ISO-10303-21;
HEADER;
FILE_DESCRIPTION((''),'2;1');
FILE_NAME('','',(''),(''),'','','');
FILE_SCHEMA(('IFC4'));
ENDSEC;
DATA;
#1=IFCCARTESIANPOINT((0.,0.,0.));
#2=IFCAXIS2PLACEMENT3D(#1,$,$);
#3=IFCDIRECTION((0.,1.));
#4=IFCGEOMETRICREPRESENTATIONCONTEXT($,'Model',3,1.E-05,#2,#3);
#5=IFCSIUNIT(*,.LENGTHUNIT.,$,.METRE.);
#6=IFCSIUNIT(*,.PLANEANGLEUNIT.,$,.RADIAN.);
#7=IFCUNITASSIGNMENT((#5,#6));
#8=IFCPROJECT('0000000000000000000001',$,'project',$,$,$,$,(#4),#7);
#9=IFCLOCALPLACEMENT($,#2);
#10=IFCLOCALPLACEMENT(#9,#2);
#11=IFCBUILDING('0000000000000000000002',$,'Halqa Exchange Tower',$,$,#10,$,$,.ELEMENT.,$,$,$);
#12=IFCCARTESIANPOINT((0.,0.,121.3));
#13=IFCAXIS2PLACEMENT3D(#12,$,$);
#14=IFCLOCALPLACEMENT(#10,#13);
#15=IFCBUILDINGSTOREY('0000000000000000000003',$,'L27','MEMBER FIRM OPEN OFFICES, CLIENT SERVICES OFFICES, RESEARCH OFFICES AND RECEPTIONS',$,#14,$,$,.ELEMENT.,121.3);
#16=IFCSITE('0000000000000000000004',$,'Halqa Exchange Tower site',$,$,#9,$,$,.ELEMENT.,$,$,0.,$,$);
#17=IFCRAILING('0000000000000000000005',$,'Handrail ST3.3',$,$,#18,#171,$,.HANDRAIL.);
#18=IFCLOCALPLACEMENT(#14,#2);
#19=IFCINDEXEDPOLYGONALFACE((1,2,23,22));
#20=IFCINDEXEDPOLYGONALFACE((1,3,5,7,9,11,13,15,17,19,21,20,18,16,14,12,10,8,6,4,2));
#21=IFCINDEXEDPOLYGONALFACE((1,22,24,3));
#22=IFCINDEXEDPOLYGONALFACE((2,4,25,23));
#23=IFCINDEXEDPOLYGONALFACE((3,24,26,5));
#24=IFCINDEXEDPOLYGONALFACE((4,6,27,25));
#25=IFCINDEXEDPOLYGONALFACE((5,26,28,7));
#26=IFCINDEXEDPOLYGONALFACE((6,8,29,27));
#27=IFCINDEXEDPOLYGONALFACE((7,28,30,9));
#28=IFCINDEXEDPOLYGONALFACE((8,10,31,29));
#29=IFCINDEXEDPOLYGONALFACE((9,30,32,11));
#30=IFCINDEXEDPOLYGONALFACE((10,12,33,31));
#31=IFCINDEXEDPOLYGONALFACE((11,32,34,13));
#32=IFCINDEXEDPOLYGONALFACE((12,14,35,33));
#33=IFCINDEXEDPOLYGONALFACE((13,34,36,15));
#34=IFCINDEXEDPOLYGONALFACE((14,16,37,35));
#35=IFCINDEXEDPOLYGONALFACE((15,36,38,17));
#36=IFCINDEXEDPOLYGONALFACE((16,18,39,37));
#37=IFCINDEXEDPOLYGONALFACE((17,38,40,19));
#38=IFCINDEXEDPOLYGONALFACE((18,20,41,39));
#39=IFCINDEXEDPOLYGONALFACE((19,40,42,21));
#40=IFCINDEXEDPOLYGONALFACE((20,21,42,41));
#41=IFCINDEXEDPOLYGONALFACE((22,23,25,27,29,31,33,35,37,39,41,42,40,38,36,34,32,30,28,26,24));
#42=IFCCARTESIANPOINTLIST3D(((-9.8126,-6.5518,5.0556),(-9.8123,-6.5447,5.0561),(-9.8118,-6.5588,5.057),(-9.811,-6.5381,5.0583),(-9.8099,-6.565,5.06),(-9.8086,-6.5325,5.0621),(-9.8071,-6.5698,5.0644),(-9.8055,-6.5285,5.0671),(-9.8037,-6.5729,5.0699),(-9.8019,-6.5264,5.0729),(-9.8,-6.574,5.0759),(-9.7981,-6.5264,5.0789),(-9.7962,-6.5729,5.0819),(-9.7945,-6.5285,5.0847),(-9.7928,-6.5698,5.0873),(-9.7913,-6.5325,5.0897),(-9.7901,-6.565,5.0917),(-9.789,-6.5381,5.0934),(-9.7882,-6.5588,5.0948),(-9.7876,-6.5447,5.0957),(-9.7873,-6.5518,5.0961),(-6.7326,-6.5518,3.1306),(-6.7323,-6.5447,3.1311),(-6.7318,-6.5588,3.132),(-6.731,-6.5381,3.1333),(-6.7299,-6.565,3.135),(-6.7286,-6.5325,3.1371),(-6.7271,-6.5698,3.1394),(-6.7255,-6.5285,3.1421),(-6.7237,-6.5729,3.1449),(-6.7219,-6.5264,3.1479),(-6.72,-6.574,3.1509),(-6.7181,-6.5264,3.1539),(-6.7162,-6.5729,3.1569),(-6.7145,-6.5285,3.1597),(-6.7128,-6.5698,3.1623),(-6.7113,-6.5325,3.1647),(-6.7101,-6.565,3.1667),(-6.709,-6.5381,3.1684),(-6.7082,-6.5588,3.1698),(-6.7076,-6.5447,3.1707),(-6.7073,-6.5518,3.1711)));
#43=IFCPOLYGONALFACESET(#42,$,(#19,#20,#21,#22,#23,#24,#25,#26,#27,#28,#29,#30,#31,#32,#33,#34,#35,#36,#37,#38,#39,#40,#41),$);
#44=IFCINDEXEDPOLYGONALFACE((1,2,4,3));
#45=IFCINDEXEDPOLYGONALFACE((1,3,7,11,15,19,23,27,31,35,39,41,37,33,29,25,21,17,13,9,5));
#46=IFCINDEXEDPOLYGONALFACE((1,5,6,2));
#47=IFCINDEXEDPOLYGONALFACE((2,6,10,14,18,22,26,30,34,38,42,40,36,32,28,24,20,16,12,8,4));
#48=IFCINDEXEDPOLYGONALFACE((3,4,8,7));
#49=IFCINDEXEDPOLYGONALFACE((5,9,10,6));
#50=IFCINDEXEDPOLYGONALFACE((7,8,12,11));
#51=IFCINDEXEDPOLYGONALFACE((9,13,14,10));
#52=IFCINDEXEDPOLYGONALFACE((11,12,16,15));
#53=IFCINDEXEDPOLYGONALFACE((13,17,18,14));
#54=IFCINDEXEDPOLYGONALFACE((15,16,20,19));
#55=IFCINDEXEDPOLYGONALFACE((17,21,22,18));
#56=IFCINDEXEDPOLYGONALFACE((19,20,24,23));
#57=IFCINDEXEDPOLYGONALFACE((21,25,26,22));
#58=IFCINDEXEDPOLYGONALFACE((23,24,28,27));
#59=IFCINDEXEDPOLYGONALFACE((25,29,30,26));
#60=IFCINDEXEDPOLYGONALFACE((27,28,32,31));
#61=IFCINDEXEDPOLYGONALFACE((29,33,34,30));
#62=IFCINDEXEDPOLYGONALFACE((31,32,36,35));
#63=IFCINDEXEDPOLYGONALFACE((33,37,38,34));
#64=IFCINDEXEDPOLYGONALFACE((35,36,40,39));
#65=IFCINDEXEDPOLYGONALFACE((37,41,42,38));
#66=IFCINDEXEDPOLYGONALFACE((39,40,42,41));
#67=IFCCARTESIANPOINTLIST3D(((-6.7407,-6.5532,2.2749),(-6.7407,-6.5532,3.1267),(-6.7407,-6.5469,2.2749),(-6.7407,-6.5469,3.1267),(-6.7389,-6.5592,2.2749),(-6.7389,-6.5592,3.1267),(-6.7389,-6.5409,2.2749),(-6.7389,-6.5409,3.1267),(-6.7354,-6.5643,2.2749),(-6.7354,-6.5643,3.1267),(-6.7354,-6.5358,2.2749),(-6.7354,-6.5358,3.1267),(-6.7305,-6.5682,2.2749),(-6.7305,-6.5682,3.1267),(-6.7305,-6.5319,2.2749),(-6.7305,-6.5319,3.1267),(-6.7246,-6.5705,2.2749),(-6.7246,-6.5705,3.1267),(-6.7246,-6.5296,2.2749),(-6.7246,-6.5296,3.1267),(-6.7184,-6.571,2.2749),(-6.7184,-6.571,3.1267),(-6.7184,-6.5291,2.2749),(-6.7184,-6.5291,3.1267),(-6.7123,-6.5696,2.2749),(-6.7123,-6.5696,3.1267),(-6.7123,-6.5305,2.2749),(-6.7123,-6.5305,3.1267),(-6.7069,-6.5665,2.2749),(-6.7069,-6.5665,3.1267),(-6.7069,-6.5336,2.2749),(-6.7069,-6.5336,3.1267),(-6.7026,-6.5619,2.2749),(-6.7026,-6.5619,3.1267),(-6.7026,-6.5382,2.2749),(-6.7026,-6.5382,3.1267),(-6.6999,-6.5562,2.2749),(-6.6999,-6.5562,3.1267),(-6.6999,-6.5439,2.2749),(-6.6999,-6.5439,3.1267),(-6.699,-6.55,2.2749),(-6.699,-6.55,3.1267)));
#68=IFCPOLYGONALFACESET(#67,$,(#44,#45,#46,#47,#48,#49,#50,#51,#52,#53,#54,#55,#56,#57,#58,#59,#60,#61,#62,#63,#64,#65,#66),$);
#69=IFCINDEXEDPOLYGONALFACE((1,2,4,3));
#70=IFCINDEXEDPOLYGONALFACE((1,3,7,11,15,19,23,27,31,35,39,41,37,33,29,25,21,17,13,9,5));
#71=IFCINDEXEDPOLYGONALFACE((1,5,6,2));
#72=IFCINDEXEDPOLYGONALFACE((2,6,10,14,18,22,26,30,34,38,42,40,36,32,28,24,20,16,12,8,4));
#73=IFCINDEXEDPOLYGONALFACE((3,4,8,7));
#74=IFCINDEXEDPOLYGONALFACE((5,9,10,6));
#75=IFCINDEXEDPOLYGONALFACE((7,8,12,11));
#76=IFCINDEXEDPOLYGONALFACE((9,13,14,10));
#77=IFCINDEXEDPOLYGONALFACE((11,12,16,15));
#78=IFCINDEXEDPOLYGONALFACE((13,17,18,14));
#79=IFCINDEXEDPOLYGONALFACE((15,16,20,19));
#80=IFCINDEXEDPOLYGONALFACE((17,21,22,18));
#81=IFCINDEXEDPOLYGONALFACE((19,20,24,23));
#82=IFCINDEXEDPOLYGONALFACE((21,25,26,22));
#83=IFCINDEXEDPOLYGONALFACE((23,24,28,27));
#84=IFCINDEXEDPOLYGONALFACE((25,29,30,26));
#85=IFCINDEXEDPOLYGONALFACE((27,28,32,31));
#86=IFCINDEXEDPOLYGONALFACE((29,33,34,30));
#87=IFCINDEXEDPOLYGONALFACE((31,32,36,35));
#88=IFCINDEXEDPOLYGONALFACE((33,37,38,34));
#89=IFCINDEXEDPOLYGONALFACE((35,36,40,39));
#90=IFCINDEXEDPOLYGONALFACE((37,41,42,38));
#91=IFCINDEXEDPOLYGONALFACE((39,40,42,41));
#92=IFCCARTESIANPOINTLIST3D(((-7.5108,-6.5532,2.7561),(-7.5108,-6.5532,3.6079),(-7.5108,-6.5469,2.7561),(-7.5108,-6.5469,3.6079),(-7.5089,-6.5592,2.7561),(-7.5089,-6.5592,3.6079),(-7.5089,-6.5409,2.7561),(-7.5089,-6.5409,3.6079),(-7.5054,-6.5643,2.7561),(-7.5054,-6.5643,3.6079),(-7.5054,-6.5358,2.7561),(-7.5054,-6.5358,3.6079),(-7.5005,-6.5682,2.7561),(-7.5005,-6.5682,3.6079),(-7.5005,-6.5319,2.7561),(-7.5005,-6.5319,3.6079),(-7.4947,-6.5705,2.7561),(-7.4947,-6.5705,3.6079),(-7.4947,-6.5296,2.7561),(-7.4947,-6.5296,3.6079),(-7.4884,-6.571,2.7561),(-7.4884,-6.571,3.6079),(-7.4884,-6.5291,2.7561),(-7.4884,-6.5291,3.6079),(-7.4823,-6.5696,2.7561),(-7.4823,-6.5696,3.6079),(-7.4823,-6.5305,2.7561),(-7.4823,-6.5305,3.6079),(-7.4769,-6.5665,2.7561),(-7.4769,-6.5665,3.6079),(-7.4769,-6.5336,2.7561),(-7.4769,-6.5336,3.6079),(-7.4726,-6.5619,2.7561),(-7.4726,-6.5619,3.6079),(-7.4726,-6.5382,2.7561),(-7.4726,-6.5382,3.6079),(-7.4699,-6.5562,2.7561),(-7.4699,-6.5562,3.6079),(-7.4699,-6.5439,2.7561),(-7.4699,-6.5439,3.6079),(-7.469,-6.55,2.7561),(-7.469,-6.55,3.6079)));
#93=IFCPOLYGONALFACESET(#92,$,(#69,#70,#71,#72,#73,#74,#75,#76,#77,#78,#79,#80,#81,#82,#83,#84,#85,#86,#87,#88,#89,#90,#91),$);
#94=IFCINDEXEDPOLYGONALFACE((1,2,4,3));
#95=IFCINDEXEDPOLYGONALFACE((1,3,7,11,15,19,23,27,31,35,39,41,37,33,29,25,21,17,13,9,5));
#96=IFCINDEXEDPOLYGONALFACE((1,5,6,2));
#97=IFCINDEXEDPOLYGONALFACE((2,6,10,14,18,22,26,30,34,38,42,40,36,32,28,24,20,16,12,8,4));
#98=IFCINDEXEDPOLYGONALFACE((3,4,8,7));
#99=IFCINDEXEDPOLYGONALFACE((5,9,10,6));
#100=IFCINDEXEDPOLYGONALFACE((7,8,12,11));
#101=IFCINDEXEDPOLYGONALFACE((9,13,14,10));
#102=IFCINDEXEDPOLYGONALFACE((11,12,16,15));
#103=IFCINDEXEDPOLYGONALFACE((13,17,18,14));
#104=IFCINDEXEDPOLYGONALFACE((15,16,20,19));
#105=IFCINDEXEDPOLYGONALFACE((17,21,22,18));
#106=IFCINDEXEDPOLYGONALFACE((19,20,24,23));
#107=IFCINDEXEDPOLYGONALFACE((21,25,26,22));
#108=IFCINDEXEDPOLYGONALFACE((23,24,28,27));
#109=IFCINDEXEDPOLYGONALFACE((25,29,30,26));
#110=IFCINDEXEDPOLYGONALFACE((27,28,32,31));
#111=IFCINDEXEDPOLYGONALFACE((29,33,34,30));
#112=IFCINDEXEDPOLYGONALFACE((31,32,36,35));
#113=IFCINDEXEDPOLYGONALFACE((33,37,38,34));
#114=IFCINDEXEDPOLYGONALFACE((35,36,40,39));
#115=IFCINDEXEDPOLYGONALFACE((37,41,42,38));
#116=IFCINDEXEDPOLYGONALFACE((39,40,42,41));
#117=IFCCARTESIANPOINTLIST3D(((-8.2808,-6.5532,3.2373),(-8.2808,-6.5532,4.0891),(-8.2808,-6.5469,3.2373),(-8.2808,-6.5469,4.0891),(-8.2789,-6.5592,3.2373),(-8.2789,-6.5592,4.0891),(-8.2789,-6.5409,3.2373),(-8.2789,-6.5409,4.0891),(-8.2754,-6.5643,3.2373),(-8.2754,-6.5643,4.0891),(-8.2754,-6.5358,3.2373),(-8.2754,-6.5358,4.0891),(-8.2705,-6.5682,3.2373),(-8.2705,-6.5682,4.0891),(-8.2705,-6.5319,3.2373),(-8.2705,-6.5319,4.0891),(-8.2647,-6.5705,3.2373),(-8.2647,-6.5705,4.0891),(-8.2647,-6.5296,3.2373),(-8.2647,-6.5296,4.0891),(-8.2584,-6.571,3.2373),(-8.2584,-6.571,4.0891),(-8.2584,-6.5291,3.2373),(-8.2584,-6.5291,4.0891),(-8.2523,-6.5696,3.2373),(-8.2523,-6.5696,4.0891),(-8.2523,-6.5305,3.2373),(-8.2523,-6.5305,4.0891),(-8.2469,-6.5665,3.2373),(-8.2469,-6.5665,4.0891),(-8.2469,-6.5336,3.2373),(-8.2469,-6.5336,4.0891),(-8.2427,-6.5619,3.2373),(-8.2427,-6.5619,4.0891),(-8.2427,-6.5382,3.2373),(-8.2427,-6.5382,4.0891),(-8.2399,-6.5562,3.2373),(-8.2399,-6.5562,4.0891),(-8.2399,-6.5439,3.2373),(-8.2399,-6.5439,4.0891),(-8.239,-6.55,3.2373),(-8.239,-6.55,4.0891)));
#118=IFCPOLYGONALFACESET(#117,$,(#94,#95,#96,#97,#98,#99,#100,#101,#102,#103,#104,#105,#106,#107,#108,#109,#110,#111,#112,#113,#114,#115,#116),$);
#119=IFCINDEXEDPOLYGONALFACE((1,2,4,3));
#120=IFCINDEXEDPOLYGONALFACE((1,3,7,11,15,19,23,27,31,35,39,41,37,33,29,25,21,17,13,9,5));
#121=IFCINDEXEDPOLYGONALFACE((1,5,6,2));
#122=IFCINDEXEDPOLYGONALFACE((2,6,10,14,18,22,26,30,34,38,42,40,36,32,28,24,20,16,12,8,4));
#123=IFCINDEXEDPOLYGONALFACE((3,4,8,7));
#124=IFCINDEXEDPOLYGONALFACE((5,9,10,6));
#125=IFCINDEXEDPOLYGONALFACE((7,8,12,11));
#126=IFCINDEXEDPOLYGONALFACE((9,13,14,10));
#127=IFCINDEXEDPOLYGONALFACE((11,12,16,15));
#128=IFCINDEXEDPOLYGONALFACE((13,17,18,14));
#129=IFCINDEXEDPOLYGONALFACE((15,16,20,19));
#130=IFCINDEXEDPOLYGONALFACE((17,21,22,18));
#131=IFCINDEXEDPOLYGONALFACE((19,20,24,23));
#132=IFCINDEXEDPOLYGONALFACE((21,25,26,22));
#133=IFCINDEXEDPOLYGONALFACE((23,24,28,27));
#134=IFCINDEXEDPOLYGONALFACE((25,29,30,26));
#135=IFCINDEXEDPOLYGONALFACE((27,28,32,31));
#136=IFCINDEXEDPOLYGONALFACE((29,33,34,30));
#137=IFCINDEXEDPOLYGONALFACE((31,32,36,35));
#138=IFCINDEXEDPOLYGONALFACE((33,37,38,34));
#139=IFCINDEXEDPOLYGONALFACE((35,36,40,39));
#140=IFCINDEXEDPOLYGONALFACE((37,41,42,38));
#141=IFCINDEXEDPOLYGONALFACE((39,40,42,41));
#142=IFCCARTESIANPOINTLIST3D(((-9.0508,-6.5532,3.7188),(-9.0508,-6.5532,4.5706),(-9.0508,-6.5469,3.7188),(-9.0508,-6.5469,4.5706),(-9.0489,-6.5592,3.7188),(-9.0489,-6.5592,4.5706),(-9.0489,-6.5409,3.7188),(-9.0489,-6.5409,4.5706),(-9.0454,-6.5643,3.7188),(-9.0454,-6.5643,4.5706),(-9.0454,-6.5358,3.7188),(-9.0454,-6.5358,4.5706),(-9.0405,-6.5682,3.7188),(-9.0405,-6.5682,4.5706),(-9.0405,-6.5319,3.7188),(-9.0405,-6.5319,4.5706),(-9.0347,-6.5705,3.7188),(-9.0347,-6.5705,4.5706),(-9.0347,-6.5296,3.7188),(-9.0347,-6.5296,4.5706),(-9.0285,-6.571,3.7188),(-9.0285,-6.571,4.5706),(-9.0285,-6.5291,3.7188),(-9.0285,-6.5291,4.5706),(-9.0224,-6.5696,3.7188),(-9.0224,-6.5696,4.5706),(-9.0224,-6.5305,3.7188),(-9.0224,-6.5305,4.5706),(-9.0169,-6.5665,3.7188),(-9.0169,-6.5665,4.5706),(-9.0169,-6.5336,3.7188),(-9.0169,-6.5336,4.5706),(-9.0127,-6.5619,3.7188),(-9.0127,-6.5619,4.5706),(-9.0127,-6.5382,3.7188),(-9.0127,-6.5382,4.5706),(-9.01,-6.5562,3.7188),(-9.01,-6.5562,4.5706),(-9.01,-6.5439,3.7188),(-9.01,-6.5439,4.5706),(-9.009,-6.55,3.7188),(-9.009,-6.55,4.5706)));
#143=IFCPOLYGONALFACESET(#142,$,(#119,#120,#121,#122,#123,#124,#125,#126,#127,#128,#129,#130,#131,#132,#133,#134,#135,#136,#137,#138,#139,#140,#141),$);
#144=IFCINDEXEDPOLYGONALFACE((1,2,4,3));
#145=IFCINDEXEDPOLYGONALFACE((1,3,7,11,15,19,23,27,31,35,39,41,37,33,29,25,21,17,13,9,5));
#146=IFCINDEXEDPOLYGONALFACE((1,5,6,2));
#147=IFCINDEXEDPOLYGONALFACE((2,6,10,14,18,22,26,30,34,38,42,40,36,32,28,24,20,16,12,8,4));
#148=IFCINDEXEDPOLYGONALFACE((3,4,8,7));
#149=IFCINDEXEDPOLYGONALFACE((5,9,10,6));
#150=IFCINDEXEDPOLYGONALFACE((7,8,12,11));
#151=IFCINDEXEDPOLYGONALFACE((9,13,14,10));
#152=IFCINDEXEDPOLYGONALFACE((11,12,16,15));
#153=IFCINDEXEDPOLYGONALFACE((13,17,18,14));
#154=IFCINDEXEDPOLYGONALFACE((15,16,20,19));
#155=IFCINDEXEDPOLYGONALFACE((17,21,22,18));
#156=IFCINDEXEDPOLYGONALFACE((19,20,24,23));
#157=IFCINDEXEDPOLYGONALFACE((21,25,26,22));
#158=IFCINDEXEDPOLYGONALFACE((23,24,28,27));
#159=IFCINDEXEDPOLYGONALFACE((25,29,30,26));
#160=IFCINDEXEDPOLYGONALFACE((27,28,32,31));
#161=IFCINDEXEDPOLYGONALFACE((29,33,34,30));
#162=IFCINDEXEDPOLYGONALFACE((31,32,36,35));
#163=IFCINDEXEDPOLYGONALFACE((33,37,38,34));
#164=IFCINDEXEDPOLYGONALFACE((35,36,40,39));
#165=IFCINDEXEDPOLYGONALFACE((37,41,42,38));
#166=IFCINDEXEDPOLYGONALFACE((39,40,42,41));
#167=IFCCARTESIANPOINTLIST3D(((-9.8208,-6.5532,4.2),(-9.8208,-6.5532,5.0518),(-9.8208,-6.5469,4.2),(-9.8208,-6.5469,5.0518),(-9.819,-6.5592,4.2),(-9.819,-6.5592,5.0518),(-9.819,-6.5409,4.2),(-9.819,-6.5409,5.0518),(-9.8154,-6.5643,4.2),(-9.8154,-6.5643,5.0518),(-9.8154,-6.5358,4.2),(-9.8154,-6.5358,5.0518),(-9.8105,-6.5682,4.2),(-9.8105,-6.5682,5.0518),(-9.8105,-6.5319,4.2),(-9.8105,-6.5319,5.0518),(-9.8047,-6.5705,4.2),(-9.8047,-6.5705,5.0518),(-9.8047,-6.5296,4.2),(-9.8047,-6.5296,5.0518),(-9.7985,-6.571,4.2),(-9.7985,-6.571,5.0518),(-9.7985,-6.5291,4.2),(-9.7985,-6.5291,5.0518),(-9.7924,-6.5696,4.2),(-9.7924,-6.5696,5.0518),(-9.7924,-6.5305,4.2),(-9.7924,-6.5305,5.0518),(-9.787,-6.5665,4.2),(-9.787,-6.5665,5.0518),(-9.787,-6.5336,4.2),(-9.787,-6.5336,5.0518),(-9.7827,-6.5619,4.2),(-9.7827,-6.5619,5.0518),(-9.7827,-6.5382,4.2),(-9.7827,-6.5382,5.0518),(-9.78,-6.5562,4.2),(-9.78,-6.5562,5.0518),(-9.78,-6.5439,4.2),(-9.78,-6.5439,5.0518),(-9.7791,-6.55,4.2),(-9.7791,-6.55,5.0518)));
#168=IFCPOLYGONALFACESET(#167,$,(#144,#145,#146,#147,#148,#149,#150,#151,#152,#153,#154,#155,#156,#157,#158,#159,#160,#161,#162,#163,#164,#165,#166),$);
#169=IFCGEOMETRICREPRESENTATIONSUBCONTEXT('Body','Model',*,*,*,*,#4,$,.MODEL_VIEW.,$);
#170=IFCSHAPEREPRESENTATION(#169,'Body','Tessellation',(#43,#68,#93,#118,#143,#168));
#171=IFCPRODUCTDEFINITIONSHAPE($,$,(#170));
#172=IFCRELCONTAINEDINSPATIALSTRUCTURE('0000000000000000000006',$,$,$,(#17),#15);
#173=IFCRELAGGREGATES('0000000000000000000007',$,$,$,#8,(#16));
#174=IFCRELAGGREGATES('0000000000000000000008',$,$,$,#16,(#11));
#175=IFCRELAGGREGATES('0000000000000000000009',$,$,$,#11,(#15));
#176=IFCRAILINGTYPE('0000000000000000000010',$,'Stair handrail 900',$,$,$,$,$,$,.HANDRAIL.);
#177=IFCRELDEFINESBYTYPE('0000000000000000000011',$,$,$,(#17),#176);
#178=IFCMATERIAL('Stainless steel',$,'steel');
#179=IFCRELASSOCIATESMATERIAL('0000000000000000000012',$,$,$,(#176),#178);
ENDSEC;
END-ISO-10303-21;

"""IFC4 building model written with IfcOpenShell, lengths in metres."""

from ifc_helpers import new_model, si_unit, direction, frame, origin, origin_2d, place, context, subcontext, project, spatial, circle, extrude, material, type_object, element, save


model = new_model("IFC4")

# Units and contexts
model_context = context("Model", 3, precision=1e-05, world=origin(), true_north=direction((0.0, 1.0)))
body_context = subcontext(model_context, "Body", "Model", "MODEL_VIEW")
ifc_project = project(units=[si_unit("LENGTHUNIT", "METRE"), si_unit("PLANEANGLEUNIT", "RADIAN")], contexts=[model_context])

# Site, building, storey
site_placement = place(None, origin())
site = spatial("IfcSite", under=ifc_project, at=site_placement, Name="Halqa Exchange Tower site", CompositionType="ELEMENT", RefElevation=0.0)
building_placement = place(site_placement, origin())
building = spatial("IfcBuilding", under=site, at=building_placement, Name="Halqa Exchange Tower", CompositionType="ELEMENT")
storey_placement = place(building_placement, frame((0.0, 0.0, 121.3)))
storey = spatial("IfcBuildingStorey", under=building, at=storey_placement, Name="L27", Description="MEMBER FIRM OPEN OFFICES, CLIENT SERVICES OFFICES, RESEARCH OFFICES AND RECEPTIONS", CompositionType="ELEMENT", Elevation=121.3)

# Shared definitions
ifc_material_1 = material(Name="Stainless steel", Category="steel")

# Railing
railing_type_1 = type_object("IfcRailingType", Name="Stair handrail 900", PredefinedType="HANDRAIL", material=ifc_material_1)
railing_1_placement = place(storey_placement, frame((-6.72, -6.55, 2.2749)))
element("IfcRailing", 1, at=railing_1_placement, inside=storey, type_object=railing_type_1, Name="Handrail ST3.3", PredefinedType="HANDRAIL", context=body_context, shape_type="SweptSolid", body=[
    extrude(circle(Radius=0.0239, at=origin_2d()), frame((0.0, 0.0, 0.876), z_axis=(-0.847998, 0.0, 0.529999), x_axis=(0.0, -1.0, 0.0)), (0.0, 0.0, 1.0), 3.6321),
    extrude(circle(Radius=0.021, at=origin_2d()), origin(), (0.0, 0.0, 1.0), 0.8518),
    extrude(circle(Radius=0.021, at=origin_2d()), frame((-0.77, 0.0, 0.4812)), (0.0, 0.0, 1.0), 0.8518),
    extrude(circle(Radius=0.021, at=origin_2d()), frame((-1.54, 0.0, 0.9624)), (0.0, 0.0, 1.0), 0.8518),
    extrude(circle(Radius=0.021, at=origin_2d()), frame((-2.3101, 0.0, 1.4438)), (0.0, 0.0, 1.0), 0.8518),
    extrude(circle(Radius=0.021, at=origin_2d()), frame((-3.0801, 0.0, 1.925)), (0.0, 0.0, 1.0), 0.8518),
])

save(model, "model.ifc")
